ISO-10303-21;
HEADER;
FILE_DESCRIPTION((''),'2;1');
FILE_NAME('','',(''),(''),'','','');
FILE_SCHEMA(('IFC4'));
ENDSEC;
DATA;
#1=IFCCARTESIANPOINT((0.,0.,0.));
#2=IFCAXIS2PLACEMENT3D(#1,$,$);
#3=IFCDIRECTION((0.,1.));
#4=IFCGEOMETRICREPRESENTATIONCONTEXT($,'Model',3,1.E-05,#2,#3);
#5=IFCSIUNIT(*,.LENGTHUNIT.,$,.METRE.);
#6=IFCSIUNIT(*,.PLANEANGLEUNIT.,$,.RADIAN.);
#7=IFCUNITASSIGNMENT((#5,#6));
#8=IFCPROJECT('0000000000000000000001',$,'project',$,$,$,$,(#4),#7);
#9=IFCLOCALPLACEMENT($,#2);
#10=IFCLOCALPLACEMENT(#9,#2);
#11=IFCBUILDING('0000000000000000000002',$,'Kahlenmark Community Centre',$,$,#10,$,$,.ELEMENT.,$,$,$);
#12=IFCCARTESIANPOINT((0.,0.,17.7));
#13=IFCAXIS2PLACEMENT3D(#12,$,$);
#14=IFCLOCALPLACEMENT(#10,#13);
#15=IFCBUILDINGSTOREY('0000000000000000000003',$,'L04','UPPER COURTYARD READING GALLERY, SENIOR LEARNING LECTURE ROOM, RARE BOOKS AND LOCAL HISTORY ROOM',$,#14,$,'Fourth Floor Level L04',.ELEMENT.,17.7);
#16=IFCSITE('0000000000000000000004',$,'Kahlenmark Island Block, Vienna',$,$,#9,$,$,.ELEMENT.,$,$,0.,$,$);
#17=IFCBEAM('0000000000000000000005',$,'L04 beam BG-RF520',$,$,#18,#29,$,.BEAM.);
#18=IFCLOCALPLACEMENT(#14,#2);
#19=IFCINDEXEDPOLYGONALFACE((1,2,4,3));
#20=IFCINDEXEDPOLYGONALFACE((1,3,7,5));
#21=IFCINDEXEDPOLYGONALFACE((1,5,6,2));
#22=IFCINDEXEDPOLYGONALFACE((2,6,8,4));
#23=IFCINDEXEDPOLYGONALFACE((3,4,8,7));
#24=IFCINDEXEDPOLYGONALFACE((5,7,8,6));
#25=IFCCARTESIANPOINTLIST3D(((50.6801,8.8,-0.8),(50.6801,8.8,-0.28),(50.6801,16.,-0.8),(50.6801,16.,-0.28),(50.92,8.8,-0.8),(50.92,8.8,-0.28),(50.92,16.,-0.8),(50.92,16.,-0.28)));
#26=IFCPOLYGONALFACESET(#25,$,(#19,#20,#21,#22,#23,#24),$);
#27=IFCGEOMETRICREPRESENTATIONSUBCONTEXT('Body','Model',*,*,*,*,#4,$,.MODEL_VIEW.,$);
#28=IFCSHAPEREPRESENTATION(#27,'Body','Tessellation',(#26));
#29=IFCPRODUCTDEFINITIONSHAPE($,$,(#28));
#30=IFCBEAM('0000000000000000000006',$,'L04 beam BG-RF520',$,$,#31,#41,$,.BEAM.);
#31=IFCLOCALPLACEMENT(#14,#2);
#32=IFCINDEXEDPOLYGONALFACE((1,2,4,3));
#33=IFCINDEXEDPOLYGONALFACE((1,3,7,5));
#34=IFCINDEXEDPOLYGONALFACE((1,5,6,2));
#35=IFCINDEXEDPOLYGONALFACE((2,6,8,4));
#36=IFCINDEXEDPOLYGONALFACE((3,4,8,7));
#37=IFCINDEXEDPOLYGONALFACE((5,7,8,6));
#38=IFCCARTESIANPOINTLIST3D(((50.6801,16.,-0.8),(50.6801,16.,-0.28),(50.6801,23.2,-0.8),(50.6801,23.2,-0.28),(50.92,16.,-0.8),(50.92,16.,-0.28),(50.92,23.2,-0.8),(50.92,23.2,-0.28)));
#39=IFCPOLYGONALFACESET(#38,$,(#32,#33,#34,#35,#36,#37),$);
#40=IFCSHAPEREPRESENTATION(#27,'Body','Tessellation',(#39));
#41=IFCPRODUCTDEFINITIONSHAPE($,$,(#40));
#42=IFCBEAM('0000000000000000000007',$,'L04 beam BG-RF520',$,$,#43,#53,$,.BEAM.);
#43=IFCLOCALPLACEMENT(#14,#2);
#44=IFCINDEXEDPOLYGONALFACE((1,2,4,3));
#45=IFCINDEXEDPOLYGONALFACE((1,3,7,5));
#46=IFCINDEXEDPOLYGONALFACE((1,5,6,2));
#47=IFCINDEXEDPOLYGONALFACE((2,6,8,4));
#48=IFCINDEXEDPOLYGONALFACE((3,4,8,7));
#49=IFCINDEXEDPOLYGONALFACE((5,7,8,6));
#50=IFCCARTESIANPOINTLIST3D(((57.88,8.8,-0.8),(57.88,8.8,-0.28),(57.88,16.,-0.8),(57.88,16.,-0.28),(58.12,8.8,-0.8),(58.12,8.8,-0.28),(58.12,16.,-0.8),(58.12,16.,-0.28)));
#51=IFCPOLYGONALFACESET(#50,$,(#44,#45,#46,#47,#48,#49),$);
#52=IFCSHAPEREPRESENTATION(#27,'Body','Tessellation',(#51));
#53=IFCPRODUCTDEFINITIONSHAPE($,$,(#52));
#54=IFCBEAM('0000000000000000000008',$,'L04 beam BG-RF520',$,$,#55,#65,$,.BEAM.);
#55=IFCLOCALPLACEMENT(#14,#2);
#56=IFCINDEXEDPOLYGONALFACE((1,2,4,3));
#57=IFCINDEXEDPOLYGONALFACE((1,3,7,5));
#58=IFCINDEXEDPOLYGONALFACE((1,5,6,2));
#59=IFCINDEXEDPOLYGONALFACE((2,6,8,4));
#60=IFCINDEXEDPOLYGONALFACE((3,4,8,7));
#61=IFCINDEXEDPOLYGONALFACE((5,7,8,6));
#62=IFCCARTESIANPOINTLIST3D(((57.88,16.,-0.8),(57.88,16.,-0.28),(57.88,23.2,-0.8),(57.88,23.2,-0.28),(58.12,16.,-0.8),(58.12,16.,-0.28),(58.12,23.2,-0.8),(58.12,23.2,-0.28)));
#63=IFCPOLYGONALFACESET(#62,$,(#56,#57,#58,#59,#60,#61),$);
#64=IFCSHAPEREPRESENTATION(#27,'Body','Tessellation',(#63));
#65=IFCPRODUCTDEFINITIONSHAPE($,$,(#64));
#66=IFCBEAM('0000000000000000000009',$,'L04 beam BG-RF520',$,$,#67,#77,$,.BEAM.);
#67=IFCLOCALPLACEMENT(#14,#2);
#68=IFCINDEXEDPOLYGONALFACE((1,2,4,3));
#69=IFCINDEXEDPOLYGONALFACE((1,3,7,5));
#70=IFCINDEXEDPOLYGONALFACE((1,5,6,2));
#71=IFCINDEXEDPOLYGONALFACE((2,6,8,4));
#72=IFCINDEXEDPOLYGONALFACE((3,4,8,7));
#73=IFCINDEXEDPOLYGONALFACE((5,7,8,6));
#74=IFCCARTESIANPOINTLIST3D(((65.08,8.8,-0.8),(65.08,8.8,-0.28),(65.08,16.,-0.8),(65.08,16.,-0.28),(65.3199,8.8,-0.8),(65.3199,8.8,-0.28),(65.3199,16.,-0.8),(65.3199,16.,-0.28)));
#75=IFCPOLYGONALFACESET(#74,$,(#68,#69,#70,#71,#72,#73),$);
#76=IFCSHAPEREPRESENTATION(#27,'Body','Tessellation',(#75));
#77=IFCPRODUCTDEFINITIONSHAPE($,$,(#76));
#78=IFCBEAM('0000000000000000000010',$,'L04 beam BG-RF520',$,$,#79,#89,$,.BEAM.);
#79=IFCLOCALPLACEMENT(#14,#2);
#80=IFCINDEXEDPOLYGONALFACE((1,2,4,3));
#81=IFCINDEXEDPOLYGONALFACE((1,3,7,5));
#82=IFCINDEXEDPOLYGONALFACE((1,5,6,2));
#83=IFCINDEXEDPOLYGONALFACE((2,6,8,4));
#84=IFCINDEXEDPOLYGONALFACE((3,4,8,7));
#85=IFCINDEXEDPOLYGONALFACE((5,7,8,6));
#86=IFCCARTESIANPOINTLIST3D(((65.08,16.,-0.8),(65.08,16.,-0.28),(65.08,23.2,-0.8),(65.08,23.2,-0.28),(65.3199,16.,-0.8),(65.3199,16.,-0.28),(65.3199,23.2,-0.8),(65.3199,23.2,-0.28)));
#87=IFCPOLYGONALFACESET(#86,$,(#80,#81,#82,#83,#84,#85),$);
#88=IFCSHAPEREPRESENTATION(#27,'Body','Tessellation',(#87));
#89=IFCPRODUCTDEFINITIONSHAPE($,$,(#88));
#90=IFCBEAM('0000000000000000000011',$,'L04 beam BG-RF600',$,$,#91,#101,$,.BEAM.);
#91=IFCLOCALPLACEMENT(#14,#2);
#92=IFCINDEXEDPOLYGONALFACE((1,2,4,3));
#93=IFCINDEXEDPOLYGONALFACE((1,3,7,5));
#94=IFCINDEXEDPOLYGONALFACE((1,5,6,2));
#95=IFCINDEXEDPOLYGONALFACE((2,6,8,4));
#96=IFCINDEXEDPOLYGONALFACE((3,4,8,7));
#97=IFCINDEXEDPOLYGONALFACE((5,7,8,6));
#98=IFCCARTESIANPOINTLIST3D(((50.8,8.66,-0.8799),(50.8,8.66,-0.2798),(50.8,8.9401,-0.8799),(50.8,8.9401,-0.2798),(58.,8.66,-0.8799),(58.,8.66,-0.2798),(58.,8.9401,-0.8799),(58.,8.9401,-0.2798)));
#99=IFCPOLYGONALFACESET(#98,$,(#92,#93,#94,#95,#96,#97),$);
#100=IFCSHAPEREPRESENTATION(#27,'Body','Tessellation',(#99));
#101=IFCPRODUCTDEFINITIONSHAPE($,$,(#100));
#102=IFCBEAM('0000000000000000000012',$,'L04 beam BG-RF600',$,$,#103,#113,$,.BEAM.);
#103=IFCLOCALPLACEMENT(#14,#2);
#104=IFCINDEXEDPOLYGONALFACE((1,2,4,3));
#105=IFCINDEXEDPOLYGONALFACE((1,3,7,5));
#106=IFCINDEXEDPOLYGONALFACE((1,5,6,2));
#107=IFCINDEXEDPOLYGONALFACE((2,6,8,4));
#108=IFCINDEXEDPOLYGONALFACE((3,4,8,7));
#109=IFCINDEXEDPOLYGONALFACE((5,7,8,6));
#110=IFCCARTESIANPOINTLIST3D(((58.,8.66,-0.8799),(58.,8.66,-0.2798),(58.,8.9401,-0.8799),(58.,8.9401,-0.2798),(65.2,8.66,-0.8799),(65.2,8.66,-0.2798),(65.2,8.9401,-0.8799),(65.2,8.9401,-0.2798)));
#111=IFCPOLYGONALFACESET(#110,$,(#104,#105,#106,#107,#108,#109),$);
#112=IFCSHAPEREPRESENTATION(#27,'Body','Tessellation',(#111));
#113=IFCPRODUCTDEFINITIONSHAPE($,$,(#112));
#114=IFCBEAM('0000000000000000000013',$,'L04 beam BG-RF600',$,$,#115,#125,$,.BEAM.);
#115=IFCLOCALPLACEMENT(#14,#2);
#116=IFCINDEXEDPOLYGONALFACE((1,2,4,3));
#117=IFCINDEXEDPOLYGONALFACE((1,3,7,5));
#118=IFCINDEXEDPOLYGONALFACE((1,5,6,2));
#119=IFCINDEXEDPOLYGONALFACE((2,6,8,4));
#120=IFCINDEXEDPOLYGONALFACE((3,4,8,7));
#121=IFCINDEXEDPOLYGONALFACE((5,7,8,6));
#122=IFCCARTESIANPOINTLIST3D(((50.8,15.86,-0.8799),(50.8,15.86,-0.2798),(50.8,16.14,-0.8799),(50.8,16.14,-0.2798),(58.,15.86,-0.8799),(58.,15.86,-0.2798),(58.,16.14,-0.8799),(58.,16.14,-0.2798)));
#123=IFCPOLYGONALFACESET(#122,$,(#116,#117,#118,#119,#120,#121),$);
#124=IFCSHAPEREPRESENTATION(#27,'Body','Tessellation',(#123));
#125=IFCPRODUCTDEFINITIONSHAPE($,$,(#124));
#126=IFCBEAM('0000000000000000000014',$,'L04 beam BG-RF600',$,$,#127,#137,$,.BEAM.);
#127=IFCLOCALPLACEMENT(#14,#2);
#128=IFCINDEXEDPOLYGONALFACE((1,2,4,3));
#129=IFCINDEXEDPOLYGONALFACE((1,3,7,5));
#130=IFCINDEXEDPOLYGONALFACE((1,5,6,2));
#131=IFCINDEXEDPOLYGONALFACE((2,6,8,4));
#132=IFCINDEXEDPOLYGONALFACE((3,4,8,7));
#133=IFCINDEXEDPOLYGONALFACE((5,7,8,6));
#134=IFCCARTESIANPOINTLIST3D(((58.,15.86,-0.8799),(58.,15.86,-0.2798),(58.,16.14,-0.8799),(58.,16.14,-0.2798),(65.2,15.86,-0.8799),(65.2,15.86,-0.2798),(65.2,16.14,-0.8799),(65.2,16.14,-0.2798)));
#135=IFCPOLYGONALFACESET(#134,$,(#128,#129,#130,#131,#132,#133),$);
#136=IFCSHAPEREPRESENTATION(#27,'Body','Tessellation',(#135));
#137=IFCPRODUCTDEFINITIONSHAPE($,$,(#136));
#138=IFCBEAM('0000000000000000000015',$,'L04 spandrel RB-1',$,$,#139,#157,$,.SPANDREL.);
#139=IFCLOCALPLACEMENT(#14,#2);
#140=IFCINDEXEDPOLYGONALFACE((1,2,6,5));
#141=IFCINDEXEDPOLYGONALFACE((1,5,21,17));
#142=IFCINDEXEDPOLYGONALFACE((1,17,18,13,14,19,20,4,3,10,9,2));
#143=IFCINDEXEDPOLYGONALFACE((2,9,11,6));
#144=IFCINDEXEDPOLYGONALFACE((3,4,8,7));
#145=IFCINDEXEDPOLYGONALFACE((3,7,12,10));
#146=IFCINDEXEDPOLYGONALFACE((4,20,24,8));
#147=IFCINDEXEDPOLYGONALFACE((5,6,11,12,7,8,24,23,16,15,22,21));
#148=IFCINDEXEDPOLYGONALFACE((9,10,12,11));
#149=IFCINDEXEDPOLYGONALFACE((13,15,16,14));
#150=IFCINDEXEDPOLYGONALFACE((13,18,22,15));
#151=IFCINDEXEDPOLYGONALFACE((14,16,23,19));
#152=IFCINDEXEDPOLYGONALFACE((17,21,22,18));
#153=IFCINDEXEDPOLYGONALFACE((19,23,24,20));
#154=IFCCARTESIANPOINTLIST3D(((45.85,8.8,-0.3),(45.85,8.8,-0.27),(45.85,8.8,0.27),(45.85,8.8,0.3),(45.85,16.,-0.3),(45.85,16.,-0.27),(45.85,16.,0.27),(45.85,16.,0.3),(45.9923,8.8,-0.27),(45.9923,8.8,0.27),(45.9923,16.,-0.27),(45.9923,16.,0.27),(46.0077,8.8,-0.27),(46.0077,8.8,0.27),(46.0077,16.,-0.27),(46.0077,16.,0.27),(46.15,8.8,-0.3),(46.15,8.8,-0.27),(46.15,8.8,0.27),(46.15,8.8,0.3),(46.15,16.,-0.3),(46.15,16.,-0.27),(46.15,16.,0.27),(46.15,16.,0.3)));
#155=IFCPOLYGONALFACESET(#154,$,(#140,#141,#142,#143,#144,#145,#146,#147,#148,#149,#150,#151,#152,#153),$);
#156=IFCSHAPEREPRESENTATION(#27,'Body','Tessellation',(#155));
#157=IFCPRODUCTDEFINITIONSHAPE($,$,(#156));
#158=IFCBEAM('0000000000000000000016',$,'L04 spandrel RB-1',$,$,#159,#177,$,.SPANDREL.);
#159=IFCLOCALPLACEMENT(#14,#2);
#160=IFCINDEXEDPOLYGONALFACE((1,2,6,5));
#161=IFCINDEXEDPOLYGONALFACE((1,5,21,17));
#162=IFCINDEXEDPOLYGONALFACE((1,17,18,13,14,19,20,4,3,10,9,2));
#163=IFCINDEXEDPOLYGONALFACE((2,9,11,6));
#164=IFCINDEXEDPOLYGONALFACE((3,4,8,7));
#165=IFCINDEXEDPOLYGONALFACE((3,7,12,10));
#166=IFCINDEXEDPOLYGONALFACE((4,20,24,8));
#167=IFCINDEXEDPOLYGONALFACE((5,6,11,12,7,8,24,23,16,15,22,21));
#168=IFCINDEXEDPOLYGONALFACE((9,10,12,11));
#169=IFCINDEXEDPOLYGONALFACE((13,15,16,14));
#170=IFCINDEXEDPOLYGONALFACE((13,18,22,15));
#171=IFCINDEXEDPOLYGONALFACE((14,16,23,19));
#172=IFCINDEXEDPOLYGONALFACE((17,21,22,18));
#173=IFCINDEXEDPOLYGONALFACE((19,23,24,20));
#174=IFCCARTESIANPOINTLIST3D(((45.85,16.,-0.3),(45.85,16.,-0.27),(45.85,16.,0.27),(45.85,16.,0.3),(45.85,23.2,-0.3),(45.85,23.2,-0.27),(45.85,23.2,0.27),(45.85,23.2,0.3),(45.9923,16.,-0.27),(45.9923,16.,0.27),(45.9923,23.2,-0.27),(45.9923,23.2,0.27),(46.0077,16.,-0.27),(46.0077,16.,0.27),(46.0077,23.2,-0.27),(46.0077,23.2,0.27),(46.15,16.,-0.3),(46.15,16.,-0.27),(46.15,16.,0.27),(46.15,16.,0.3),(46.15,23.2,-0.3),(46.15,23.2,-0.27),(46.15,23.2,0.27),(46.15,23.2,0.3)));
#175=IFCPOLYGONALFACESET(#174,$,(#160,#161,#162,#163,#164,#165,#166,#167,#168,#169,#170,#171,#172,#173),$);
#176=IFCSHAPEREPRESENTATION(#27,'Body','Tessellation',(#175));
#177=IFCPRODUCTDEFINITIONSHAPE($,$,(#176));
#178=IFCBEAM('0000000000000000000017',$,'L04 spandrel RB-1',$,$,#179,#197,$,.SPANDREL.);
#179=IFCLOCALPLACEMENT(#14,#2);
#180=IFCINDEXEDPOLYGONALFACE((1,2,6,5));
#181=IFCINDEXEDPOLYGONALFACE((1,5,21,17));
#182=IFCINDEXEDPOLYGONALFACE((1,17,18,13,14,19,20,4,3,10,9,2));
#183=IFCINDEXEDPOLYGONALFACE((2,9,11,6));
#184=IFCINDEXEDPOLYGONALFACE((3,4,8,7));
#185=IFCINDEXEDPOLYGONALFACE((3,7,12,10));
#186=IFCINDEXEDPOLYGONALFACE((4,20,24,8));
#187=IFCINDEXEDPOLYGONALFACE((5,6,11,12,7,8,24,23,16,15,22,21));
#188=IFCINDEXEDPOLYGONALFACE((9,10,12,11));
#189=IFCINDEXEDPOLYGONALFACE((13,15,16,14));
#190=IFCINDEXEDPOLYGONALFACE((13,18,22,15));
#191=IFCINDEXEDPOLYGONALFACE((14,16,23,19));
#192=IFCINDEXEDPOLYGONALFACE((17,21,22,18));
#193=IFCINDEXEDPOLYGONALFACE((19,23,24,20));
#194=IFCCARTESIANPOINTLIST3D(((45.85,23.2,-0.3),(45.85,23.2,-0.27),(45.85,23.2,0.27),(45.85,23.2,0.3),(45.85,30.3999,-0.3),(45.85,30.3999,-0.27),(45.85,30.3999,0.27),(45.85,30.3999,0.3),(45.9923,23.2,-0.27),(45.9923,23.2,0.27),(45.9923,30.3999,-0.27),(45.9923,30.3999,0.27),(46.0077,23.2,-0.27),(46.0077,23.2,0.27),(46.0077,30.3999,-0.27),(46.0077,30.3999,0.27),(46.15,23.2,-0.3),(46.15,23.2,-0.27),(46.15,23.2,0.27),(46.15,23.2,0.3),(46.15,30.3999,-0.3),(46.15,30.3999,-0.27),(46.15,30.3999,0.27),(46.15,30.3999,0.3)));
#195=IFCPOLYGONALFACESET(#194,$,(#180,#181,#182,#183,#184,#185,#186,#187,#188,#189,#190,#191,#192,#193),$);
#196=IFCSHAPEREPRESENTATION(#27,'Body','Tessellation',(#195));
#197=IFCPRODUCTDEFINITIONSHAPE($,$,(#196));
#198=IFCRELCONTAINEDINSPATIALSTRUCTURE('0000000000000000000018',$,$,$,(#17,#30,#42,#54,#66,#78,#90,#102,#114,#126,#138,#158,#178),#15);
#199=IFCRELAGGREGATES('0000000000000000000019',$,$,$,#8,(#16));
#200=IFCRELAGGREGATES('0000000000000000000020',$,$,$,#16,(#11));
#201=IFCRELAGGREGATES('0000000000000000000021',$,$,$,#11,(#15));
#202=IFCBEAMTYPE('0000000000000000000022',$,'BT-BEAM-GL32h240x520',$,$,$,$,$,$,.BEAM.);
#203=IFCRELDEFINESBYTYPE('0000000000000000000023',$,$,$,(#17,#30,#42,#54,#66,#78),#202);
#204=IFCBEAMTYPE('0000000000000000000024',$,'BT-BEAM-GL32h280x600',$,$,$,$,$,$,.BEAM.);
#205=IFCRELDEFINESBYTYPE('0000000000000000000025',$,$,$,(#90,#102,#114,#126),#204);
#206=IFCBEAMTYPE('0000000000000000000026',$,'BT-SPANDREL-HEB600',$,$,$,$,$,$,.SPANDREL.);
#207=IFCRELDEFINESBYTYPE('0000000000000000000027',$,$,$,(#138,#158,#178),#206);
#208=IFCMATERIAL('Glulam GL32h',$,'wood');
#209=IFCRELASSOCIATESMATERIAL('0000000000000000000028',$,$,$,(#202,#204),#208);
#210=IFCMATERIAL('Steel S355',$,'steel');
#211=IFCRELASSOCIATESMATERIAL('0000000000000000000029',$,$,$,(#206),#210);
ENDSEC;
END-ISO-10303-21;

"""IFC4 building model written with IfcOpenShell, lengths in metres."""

from ifc_helpers import new_model, si_unit, direction, frame, origin, origin_2d, place, context, subcontext, project, spatial, rectangle, i_section, extrude, material, material_profile, profile_set, type_object, element, save


model = new_model("IFC4")

# Units and contexts
model_context = context("Model", 3, precision=1e-05, world=origin(), true_north=direction((0.0, 1.0)))
body_context = subcontext(model_context, "Body", "Model", "MODEL_VIEW")
ifc_project = project(units=[si_unit("LENGTHUNIT", "METRE"), si_unit("PLANEANGLEUNIT", "RADIAN")], contexts=[model_context])

# Site, building, storey
site_placement = place(None, origin())
site = spatial("IfcSite", under=ifc_project, at=site_placement, Name="Kahlenmark Island Block, Vienna", CompositionType="ELEMENT", RefElevation=0.0)
building_placement = place(site_placement, origin())
building = spatial("IfcBuilding", under=site, at=building_placement, Name="Kahlenmark Community Centre", CompositionType="ELEMENT")
storey_placement = place(building_placement, frame((0.0, 0.0, 17.7)))
storey = spatial("IfcBuildingStorey", under=building, at=storey_placement, Name="L04", Description="UPPER COURTYARD READING GALLERY, SENIOR LEARNING LECTURE ROOM, RARE BOOKS AND LOCAL HISTORY ROOM", LongName="Fourth Floor Level L04", CompositionType="ELEMENT", Elevation=17.7)

# Beams
ifc_material_1 = material(Name="Glulam GL32h", Category="wood")
ifc_material_profile_1 = material_profile(ifc_material_1, rectangle(XDim=0.24, YDim=0.52, at=origin_2d()), Name="GL32h 240x520")
ifc_profile_set_1 = profile_set([ifc_material_profile_1], Name="Glulam GL32h")
beam_type_1 = type_object("IfcBeamType", Name="BT-BEAM-GL32h240x520", PredefinedType="BEAM", material=ifc_profile_set_1)
for number, where, z_axis, x_axis, name in (
    (1, (50.8, 8.8, -0.54), (0.0, 1.0, 0.0), (-1.0, 0.0, 0.0), "L04 beam BG-RF520"),
    (2, (50.8, 16.0, -0.54), (0.0, 1.0, 0.0), (-1.0, 0.0, 0.0), "L04 beam BG-RF520"),
    (3, (58.0, 8.8, -0.54), (0.0, 1.0, 0.0), (-1.0, 0.0, 0.0), "L04 beam BG-RF520"),
    (4, (58.0, 16.0, -0.54), (0.0, 1.0, 0.0), (-1.0, 0.0, 0.0), "L04 beam BG-RF520"),
    (5, (65.2, 8.8, -0.54), (0.0, 1.0, 0.0), (-1.0, 0.0, 0.0), "L04 beam BG-RF520"),
    (6, (65.2, 16.0, -0.54), (0.0, 1.0, 0.0), (-1.0, 0.0, 0.0), "L04 beam BG-RF520"),
):
    element("IfcBeam", number, at=place(storey_placement, frame(where, z_axis=z_axis, x_axis=x_axis)), inside=storey, type_object=beam_type_1, Name=name, PredefinedType="BEAM", context=body_context, shape_type="SweptSolid", body=[
        extrude(rectangle(XDim=0.24, YDim=0.52, at=origin_2d()), origin(), (0.0, 0.0, 1.0), 7.2),
    ])
ifc_material_profile_2 = material_profile(ifc_material_1, rectangle(XDim=0.28, YDim=0.6001, at=origin_2d()), Name="GL32h 280x600")
ifc_profile_set_2 = profile_set([ifc_material_profile_2], Name="Glulam GL32h")
beam_type_2 = type_object("IfcBeamType", Name="BT-BEAM-GL32h280x600", PredefinedType="BEAM", material=ifc_profile_set_2)
for number, where, z_axis, x_axis, name in (
    (7, (50.8, 8.8, -0.5798), (1.0, 0.0, 0.0), (0.0, 1.0, 0.0), "L04 beam BG-RF600"),
    (8, (58.0, 8.8, -0.5798), (1.0, 0.0, 0.0), (0.0, 1.0, 0.0), "L04 beam BG-RF600"),
    (9, (50.8, 16.0, -0.5798), (1.0, 0.0, 0.0), (0.0, 1.0, 0.0), "L04 beam BG-RF600"),
    (10, (58.0, 16.0, -0.5798), (1.0, 0.0, 0.0), (0.0, 1.0, 0.0), "L04 beam BG-RF600"),
):
    element("IfcBeam", number, at=place(storey_placement, frame(where, z_axis=z_axis, x_axis=x_axis)), inside=storey, type_object=beam_type_2, Name=name, PredefinedType="BEAM", context=body_context, shape_type="SweptSolid", body=[
        extrude(rectangle(XDim=0.28, YDim=0.6001, at=origin_2d()), origin(), (0.0, 0.0, 1.0), 7.2),
    ])
ifc_material_2 = material(Name="Steel S355", Category="steel")
ifc_material_profile_3 = material_profile(ifc_material_2, i_section(OverallWidth=0.3, OverallDepth=0.6001, WebThickness=0.0154, FlangeThickness=0.03, at=origin_2d()), Name="HEB 600")
ifc_profile_set_3 = profile_set([ifc_material_profile_3], Name="Steel S355")
beam_type_3 = type_object("IfcBeamType", Name="BT-SPANDREL-HEB600", PredefinedType="SPANDREL", material=ifc_profile_set_3)
for number, where, z_axis, x_axis, name in (
    (11, (46.0, 8.8, 0.0), (0.0, 1.0, 0.0), (-1.0, 0.0, 0.0), "L04 spandrel RB-1"),
    (12, (46.0, 16.0, 0.0), (0.0, 1.0, 0.0), (-1.0, 0.0, 0.0), "L04 spandrel RB-1"),
    (13, (46.0, 23.2, 0.0), (0.0, 1.0, 0.0), (-1.0, 0.0, 0.0), "L04 spandrel RB-1"),
):
    element("IfcBeam", number, at=place(storey_placement, frame(where, z_axis=z_axis, x_axis=x_axis)), inside=storey, type_object=beam_type_3, Name=name, PredefinedType="SPANDREL", context=body_context, shape_type="SweptSolid", body=[
        extrude(i_section(OverallWidth=0.3, OverallDepth=0.6001, WebThickness=0.0154, FlangeThickness=0.03, at=origin_2d()), origin(), (0.0, 0.0, 1.0), 7.2),
    ])

save(model, "model.ifc")
